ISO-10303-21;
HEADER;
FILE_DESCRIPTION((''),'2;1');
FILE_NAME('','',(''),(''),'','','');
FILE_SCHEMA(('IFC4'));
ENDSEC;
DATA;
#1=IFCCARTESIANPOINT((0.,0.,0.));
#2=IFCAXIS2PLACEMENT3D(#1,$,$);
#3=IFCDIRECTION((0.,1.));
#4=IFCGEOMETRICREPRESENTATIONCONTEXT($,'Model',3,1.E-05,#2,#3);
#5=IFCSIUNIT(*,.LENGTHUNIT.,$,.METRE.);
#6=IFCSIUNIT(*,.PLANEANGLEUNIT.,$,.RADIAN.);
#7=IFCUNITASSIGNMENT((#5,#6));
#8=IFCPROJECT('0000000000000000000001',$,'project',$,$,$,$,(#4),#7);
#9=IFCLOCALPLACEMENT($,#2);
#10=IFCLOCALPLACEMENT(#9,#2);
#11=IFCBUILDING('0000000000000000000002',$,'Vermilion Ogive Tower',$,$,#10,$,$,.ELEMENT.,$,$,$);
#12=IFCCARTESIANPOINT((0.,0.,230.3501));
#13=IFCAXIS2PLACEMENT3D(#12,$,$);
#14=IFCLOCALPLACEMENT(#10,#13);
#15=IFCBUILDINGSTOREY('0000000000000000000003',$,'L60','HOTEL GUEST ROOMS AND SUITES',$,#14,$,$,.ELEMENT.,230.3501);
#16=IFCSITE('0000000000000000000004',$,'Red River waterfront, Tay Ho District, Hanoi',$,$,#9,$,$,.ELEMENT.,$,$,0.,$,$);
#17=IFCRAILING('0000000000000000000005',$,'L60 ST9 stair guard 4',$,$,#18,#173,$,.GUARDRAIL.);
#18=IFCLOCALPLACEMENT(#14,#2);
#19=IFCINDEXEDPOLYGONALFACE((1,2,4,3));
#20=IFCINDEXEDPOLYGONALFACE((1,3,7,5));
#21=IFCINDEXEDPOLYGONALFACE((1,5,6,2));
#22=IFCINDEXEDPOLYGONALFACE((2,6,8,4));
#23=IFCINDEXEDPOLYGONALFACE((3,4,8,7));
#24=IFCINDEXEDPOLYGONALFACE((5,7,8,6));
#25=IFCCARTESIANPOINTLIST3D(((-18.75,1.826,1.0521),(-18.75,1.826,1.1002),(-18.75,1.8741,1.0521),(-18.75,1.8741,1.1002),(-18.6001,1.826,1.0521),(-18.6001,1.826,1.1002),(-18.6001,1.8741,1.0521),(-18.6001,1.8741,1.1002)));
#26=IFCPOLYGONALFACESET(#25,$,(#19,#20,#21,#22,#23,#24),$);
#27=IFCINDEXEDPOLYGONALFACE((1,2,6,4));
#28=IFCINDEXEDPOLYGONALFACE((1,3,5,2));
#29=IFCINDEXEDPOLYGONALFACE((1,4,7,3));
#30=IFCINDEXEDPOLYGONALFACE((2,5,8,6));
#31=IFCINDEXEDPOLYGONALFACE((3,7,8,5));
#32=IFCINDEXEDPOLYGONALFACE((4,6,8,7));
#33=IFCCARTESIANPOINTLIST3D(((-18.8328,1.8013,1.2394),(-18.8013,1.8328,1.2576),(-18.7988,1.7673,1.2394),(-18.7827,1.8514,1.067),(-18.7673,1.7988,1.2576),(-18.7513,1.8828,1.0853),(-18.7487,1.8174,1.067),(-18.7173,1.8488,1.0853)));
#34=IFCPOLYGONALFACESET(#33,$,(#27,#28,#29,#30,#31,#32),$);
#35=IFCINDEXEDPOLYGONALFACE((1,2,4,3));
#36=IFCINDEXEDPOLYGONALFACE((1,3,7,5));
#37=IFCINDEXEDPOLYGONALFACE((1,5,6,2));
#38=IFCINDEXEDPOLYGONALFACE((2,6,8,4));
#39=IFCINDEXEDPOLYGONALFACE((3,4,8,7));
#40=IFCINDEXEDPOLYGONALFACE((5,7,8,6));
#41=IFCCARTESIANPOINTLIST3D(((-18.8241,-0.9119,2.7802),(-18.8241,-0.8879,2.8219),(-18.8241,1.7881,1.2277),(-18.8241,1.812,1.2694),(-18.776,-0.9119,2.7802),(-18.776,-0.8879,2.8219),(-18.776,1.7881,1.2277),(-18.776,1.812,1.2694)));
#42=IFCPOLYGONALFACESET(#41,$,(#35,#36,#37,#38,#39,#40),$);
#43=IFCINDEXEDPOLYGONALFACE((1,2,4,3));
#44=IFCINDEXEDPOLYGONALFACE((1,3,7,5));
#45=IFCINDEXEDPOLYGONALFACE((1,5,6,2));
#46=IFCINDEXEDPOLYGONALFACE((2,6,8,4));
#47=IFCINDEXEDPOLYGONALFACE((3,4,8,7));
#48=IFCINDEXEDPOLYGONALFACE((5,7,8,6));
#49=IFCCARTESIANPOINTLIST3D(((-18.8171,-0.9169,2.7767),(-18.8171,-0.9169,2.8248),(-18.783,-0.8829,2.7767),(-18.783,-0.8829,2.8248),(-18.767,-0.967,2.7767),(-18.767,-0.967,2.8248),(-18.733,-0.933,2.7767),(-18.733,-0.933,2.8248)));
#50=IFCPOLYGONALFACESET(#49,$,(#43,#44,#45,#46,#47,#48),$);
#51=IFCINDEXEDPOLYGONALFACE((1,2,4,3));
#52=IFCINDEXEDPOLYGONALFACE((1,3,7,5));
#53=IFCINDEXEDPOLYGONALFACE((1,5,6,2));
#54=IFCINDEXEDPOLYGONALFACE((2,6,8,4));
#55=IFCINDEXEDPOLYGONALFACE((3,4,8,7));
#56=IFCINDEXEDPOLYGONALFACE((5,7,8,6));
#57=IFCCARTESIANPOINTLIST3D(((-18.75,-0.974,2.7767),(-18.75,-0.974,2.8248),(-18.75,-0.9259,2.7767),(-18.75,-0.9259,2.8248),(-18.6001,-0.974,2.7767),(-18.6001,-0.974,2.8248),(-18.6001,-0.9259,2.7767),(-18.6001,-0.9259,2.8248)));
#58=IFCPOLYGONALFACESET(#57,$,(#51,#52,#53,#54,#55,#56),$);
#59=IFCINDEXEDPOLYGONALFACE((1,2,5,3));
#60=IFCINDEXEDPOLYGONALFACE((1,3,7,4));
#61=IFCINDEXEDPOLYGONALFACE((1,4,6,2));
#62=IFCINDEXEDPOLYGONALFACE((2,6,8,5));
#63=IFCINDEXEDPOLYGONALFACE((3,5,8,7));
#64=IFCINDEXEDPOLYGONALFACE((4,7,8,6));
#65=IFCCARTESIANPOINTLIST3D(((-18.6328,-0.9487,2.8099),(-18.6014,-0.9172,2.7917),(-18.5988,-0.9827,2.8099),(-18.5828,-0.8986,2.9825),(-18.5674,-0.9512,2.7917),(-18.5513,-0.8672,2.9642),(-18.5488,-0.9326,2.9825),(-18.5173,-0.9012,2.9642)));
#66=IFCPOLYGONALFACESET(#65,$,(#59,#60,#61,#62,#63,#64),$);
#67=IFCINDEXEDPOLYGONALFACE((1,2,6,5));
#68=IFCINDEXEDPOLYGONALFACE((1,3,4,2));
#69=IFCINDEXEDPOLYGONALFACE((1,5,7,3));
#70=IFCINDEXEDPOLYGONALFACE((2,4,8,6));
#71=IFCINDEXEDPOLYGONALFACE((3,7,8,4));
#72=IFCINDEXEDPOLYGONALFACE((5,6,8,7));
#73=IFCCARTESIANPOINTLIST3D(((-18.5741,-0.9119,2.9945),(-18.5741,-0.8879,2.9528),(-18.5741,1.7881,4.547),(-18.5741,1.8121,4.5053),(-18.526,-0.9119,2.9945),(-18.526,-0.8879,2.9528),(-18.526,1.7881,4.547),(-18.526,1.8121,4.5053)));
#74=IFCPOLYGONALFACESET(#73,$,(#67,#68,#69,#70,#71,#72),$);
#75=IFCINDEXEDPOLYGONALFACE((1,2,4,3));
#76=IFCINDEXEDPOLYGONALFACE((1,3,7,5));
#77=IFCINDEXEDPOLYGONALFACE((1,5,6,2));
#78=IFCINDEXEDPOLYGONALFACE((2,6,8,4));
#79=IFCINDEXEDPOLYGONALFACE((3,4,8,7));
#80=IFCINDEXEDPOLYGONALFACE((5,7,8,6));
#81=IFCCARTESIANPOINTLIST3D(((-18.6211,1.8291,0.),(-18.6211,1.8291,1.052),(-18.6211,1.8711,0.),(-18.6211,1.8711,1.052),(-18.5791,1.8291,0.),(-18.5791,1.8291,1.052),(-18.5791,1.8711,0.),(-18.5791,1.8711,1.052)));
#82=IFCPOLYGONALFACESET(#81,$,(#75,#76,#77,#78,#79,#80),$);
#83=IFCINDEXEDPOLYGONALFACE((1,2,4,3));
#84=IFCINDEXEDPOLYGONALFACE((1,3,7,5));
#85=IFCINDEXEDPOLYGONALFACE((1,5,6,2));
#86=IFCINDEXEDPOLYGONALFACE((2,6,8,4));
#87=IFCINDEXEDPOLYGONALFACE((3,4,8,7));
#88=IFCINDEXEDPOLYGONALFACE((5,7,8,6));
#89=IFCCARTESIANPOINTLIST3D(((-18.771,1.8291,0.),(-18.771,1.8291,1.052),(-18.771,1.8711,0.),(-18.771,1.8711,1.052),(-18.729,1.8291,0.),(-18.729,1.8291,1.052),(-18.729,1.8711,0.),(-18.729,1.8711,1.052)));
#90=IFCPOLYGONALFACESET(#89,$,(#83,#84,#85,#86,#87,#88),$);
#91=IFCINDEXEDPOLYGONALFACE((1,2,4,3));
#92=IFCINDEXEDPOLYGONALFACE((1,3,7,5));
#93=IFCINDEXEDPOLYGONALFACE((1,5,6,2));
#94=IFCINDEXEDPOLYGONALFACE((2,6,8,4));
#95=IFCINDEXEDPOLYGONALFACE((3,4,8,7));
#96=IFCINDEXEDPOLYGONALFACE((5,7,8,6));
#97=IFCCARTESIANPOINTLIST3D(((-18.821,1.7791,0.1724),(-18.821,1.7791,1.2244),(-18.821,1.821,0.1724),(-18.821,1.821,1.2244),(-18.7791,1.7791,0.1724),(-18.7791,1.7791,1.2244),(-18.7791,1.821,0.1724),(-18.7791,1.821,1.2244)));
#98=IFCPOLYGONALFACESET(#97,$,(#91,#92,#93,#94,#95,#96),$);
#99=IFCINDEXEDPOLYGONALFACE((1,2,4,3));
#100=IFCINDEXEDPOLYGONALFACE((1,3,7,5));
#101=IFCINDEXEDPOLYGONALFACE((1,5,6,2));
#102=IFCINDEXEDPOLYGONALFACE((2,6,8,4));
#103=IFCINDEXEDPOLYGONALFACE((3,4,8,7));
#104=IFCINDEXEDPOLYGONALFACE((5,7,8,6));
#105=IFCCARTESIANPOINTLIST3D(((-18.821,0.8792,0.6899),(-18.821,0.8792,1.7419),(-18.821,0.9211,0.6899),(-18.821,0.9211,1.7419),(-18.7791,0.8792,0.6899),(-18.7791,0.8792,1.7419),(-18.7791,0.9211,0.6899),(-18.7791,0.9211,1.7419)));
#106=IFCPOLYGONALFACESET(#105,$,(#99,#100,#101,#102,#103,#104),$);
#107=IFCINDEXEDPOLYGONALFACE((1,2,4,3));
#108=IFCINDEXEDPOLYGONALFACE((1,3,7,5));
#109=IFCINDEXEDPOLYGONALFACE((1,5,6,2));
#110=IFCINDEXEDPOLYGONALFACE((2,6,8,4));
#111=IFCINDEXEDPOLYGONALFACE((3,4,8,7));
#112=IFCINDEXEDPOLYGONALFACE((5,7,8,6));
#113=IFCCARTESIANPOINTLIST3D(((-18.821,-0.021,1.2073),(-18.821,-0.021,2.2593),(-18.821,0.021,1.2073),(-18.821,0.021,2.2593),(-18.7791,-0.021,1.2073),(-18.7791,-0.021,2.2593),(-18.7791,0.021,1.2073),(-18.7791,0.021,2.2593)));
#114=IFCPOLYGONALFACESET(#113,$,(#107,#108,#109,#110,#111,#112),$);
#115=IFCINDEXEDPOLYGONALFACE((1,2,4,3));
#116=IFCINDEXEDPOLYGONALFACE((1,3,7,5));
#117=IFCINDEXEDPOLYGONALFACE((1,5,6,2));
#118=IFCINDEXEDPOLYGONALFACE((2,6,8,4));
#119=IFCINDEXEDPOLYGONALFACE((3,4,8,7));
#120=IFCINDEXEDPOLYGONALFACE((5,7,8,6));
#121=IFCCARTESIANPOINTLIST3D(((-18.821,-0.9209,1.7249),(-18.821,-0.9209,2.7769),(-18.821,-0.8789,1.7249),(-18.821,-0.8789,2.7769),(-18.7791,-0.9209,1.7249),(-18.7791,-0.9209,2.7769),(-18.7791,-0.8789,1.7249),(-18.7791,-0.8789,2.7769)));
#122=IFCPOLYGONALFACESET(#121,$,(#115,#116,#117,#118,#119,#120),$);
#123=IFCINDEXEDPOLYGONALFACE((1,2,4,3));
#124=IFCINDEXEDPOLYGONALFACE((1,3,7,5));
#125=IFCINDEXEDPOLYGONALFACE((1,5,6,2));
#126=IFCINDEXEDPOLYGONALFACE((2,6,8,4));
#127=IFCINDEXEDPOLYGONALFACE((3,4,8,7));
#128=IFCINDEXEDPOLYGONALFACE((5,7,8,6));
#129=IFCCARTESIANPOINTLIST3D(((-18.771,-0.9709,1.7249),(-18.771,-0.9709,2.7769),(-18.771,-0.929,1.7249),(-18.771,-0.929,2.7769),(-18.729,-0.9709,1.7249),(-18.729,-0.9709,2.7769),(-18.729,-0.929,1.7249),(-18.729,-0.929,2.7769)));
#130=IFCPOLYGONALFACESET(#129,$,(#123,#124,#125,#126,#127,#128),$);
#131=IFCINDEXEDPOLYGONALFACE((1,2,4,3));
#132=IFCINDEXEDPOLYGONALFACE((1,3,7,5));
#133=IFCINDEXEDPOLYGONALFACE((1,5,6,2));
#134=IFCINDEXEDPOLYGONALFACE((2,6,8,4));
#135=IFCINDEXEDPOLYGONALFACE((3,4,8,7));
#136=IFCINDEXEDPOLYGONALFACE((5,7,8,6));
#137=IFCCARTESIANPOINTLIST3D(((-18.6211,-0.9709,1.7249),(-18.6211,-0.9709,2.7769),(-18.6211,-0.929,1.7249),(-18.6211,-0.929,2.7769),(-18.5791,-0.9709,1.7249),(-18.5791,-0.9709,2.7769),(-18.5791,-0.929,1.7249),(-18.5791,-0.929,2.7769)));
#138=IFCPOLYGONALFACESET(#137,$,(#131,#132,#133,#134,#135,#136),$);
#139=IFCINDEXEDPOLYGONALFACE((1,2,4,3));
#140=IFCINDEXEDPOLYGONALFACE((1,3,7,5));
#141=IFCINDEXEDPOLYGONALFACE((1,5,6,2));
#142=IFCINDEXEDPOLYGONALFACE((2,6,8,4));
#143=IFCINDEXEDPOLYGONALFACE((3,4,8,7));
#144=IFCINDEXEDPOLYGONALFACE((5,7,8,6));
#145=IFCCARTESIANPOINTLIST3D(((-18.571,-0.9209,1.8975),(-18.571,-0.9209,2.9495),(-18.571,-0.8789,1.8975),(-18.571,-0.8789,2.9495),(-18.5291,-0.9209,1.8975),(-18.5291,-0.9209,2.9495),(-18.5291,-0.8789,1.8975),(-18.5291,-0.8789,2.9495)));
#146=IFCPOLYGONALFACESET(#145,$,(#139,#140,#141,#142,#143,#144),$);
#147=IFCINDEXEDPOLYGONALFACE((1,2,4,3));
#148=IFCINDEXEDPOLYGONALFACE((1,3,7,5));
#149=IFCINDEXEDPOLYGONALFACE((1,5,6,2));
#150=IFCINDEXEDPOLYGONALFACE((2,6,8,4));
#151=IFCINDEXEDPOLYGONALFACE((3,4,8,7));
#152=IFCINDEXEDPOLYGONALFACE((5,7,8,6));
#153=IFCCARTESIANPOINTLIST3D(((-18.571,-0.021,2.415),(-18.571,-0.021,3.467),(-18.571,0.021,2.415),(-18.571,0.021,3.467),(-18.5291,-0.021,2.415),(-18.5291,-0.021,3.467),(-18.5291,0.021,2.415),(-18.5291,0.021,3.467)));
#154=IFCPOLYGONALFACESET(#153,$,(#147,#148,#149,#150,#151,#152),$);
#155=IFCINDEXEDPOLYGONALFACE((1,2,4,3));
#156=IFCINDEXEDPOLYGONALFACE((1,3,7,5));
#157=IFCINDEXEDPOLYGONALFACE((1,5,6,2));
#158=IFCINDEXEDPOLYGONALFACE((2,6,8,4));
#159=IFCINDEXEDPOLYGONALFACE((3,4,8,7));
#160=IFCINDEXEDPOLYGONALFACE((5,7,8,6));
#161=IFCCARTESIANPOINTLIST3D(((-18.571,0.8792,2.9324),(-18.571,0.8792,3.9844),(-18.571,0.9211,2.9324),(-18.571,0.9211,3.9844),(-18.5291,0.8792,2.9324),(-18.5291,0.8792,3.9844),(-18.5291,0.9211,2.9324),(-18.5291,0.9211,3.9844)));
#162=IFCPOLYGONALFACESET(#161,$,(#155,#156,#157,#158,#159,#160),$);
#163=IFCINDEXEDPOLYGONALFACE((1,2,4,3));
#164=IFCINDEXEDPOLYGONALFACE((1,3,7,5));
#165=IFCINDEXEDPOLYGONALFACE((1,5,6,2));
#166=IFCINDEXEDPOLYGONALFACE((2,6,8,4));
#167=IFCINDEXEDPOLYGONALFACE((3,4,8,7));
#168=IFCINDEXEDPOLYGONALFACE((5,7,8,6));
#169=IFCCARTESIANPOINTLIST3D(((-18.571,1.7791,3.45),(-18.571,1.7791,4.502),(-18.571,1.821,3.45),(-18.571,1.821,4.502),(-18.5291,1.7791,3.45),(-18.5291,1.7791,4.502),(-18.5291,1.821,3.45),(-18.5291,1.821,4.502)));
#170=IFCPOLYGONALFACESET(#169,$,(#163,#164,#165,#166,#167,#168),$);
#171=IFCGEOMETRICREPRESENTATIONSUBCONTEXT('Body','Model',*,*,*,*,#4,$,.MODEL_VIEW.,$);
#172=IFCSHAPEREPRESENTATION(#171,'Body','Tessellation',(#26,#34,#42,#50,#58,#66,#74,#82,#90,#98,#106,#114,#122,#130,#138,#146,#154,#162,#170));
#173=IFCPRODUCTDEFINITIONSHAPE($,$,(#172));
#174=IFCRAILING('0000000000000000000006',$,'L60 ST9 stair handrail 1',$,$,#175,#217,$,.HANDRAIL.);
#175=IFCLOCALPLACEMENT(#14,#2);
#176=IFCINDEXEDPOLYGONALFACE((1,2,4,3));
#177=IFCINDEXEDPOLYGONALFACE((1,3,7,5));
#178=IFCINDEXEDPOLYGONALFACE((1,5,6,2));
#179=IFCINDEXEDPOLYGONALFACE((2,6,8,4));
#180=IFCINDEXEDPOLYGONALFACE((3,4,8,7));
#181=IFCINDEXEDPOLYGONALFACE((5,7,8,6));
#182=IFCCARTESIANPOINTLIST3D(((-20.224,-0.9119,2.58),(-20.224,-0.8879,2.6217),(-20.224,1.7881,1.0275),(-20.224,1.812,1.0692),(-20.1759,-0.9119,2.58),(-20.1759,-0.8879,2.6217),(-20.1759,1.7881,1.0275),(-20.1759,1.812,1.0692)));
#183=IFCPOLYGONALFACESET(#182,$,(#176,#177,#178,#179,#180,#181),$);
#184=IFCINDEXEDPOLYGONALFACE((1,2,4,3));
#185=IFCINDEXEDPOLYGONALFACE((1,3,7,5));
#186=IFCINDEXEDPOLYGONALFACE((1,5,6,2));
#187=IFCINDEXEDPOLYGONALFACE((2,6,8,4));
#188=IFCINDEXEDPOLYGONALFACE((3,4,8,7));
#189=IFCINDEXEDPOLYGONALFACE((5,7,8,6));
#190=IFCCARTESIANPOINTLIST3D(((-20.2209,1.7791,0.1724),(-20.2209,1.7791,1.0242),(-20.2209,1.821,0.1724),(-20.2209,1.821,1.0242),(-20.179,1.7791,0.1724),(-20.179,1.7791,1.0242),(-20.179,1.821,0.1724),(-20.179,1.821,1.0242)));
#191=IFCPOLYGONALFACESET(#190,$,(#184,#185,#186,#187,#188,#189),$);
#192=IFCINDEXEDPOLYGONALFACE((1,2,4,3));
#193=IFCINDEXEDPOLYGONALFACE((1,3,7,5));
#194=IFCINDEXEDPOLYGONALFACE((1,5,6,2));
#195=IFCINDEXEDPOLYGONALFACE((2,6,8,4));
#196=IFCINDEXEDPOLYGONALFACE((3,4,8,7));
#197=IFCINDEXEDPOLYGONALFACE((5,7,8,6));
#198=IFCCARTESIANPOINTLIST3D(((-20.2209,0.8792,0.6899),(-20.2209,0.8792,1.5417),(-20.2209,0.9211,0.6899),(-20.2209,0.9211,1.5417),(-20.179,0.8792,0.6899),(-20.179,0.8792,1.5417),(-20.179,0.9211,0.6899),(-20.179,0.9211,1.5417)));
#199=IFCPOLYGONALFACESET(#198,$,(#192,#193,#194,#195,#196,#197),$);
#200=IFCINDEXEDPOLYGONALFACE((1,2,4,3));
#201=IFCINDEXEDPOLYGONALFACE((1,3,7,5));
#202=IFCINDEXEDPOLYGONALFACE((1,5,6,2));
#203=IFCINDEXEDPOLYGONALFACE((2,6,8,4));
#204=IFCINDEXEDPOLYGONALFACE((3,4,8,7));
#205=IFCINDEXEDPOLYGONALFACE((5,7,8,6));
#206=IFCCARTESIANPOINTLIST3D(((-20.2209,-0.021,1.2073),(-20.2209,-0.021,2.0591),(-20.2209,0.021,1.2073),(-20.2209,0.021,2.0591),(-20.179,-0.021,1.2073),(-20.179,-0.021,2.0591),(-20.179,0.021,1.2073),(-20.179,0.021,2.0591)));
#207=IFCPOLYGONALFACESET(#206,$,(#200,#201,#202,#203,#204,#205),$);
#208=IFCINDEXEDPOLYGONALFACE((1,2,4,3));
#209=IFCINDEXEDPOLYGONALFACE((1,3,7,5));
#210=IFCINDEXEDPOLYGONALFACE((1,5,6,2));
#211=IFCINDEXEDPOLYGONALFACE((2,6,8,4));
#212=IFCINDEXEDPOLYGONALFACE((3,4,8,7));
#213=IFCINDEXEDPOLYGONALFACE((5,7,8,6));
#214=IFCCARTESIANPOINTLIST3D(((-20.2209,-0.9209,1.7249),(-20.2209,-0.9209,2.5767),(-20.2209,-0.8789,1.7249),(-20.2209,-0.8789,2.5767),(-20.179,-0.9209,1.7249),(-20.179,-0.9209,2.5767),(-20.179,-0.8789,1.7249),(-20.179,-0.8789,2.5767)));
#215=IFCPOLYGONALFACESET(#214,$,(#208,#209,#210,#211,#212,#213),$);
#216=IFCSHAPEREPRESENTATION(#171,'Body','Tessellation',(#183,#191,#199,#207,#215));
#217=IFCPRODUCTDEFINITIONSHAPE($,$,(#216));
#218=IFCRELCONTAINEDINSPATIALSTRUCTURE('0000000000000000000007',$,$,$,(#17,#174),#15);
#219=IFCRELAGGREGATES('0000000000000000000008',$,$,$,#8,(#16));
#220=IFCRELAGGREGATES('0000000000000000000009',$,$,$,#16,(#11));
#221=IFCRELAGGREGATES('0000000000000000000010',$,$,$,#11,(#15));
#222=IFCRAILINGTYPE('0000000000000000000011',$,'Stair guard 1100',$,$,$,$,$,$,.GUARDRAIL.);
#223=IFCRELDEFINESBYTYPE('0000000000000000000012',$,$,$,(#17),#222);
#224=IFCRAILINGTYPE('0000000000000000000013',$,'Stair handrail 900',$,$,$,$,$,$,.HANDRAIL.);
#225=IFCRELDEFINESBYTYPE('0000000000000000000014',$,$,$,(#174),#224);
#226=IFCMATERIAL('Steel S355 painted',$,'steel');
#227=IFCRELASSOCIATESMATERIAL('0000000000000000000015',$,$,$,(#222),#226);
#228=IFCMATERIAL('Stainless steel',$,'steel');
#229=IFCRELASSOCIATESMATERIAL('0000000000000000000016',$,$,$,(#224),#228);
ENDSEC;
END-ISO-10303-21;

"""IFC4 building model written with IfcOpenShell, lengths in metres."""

from ifc_helpers import new_model, si_unit, direction, frame, origin, origin_2d, place, context, subcontext, project, spatial, rectangle, extrude, material, type_object, element, save


model = new_model("IFC4")

# Units and contexts
model_context = context("Model", 3, precision=1e-05, world=origin(), true_north=direction((0.0, 1.0)))
body_context = subcontext(model_context, "Body", "Model", "MODEL_VIEW")
ifc_project = project(units=[si_unit("LENGTHUNIT", "METRE"), si_unit("PLANEANGLEUNIT", "RADIAN")], contexts=[model_context])

# Site, building, storey
site_placement = place(None, origin())
site = spatial("IfcSite", under=ifc_project, at=site_placement, Name="Red River waterfront, Tay Ho District, Hanoi", CompositionType="ELEMENT", RefElevation=0.0)
building_placement = place(site_placement, origin())
building = spatial("IfcBuilding", under=site, at=building_placement, Name="Vermilion Ogive Tower", CompositionType="ELEMENT")
storey_placement = place(building_placement, frame((0.0, 0.0, 230.3501)))
storey = spatial("IfcBuildingStorey", under=building, at=storey_placement, Name="L60", Description="HOTEL GUEST ROOMS AND SUITES", CompositionType="ELEMENT", Elevation=230.3501)

# Railings
ifc_material_1 = material(Name="Steel S355 painted", Category="steel")
railing_type_1 = type_object("IfcRailingType", Name="Stair guard 1100", PredefinedType="GUARDRAIL", material=ifc_material_1)
railing_1_placement = place(storey_placement, frame((-18.6001, 1.8501, 0.0)))
element("IfcRailing", 1, at=railing_1_placement, inside=storey, type_object=railing_type_1, Name="L60 ST9 stair guard 4", PredefinedType="GUARDRAIL", context=body_context, shape_type="SweptSolid", body=[
    extrude(rectangle(XDim=0.0481, YDim=0.0481, at=origin_2d()), frame((0.0, 0.0, 1.0762), z_axis=(-1.0, 0.0, 0.0), x_axis=(0.0, -1.0, 0.0)), (0.0, 0.0, 1.0), 0.1499),
    extrude(rectangle(XDim=0.0481, YDim=0.0481, at=origin_2d()), frame((-0.1499, 0.0, 1.0762), z_axis=(-0.268603, -0.268603, 0.925043), x_axis=(0.707107, -0.707107, 0.0)), (0.0, 0.0, 1.0), 0.1863),
    extrude(rectangle(XDim=0.0481, YDim=0.0481, at=origin_2d()), frame((-0.2, -0.05, 1.2485), z_axis=(0.0, -0.866904, 0.498476), x_axis=(1.0, 0.0, 0.0)), (0.0, 0.0, 1.0), 3.1145),
    extrude(rectangle(XDim=0.0481, YDim=0.0481, at=origin_2d()), frame((-0.2, -2.75, 2.8008), z_axis=(0.707107, -0.707107, 0.0), x_axis=(0.707107, 0.707107, 0.0)), (0.0, 0.0, 1.0), 0.0708),
    extrude(rectangle(XDim=0.0481, YDim=0.0481, at=origin_2d()), frame((-0.1499, -2.8, 2.8008), z_axis=(1.0, 0.0, 0.0), x_axis=(0.0, 1.0, 0.0)), (0.0, 0.0, 1.0), 0.1499),
    extrude(rectangle(XDim=0.0481, YDim=0.0481, at=origin_2d()), frame((0.0, -2.8, 2.8008), z_axis=(0.268278, 0.268278, 0.925232), x_axis=(-0.707107, 0.707107, 0.0)), (0.0, 0.0, 1.0), 0.1865),
    extrude(rectangle(XDim=0.0481, YDim=0.0481, at=origin_2d()), frame((0.05, -2.75, 2.9736), z_axis=(0.0, 0.866904, 0.498476), x_axis=(-1.0, 0.0, 0.0)), (0.0, 0.0, 1.0), 3.1145),
    extrude(rectangle(XDim=0.042, YDim=0.042, at=origin_2d()), origin(), (0.0, 0.0, 1.0), 1.052),
    extrude(rectangle(XDim=0.042, YDim=0.042, at=origin_2d()), frame((-0.1499, 0.0, 0.0)), (0.0, 0.0, 1.0), 1.052),
    extrude(rectangle(XDim=0.042, YDim=0.042, at=origin_2d()), frame((-0.2, -0.05, 0.1724)), (0.0, 0.0, 1.0), 1.052),
    extrude(rectangle(XDim=0.042, YDim=0.042, at=origin_2d()), frame((-0.2, -0.95, 0.6899)), (0.0, 0.0, 1.0), 1.052),
    extrude(rectangle(XDim=0.042, YDim=0.042, at=origin_2d()), frame((-0.2, -1.8501, 1.2073)), (0.0, 0.0, 1.0), 1.052),
    extrude(rectangle(XDim=0.042, YDim=0.042, at=origin_2d()), frame((-0.2, -2.75, 1.7249)), (0.0, 0.0, 1.0), 1.052),
    extrude(rectangle(XDim=0.042, YDim=0.042, at=origin_2d()), frame((-0.1499, -2.8, 1.7249)), (0.0, 0.0, 1.0), 1.052),
    extrude(rectangle(XDim=0.042, YDim=0.042, at=origin_2d()), frame((0.0, -2.8, 1.7249)), (0.0, 0.0, 1.0), 1.052),
    extrude(rectangle(XDim=0.042, YDim=0.042, at=origin_2d()), frame((0.05, -2.75, 1.8975)), (0.0, 0.0, 1.0), 1.052),
    extrude(rectangle(XDim=0.042, YDim=0.042, at=origin_2d()), frame((0.05, -1.8501, 2.415)), (0.0, 0.0, 1.0), 1.052),
    extrude(rectangle(XDim=0.042, YDim=0.042, at=origin_2d()), frame((0.05, -0.95, 2.9324)), (0.0, 0.0, 1.0), 1.052),
    extrude(rectangle(XDim=0.042, YDim=0.042, at=origin_2d()), frame((0.05, -0.05, 3.45)), (0.0, 0.0, 1.0), 1.052),
])
ifc_material_2 = material(Name="Stainless steel", Category="steel")
railing_type_2 = type_object("IfcRailingType", Name="Stair handrail 900", PredefinedType="HANDRAIL", material=ifc_material_2)
railing_2_placement = place(storey_placement, frame((-20.2, 1.8, 0.1724)))
element("IfcRailing", 2, at=railing_2_placement, inside=storey, type_object=railing_type_2, Name="L60 ST9 stair handrail 1", PredefinedType="HANDRAIL", context=body_context, shape_type="SweptSolid", body=[
    extrude(rectangle(XDim=0.0481, YDim=0.0481, at=origin_2d()), frame((0.0, 0.0, 0.876), z_axis=(0.0, -0.866904, 0.498476), x_axis=(1.0, 0.0, 0.0)), (0.0, 0.0, 1.0), 3.1145),
    extrude(rectangle(XDim=0.042, YDim=0.042, at=origin_2d()), origin(), (0.0, 0.0, 1.0), 0.8518),
    extrude(rectangle(XDim=0.042, YDim=0.042, at=origin_2d()), frame((0.0, -0.8999, 0.5176)), (0.0, 0.0, 1.0), 0.8518),
    extrude(rectangle(XDim=0.042, YDim=0.042, at=origin_2d()), frame((0.0, -1.8, 1.0349)), (0.0, 0.0, 1.0), 0.8518),
    extrude(rectangle(XDim=0.042, YDim=0.042, at=origin_2d()), frame((0.0, -2.7, 1.5525)), (0.0, 0.0, 1.0), 0.8518),
])

save(model, "model.ifc")
